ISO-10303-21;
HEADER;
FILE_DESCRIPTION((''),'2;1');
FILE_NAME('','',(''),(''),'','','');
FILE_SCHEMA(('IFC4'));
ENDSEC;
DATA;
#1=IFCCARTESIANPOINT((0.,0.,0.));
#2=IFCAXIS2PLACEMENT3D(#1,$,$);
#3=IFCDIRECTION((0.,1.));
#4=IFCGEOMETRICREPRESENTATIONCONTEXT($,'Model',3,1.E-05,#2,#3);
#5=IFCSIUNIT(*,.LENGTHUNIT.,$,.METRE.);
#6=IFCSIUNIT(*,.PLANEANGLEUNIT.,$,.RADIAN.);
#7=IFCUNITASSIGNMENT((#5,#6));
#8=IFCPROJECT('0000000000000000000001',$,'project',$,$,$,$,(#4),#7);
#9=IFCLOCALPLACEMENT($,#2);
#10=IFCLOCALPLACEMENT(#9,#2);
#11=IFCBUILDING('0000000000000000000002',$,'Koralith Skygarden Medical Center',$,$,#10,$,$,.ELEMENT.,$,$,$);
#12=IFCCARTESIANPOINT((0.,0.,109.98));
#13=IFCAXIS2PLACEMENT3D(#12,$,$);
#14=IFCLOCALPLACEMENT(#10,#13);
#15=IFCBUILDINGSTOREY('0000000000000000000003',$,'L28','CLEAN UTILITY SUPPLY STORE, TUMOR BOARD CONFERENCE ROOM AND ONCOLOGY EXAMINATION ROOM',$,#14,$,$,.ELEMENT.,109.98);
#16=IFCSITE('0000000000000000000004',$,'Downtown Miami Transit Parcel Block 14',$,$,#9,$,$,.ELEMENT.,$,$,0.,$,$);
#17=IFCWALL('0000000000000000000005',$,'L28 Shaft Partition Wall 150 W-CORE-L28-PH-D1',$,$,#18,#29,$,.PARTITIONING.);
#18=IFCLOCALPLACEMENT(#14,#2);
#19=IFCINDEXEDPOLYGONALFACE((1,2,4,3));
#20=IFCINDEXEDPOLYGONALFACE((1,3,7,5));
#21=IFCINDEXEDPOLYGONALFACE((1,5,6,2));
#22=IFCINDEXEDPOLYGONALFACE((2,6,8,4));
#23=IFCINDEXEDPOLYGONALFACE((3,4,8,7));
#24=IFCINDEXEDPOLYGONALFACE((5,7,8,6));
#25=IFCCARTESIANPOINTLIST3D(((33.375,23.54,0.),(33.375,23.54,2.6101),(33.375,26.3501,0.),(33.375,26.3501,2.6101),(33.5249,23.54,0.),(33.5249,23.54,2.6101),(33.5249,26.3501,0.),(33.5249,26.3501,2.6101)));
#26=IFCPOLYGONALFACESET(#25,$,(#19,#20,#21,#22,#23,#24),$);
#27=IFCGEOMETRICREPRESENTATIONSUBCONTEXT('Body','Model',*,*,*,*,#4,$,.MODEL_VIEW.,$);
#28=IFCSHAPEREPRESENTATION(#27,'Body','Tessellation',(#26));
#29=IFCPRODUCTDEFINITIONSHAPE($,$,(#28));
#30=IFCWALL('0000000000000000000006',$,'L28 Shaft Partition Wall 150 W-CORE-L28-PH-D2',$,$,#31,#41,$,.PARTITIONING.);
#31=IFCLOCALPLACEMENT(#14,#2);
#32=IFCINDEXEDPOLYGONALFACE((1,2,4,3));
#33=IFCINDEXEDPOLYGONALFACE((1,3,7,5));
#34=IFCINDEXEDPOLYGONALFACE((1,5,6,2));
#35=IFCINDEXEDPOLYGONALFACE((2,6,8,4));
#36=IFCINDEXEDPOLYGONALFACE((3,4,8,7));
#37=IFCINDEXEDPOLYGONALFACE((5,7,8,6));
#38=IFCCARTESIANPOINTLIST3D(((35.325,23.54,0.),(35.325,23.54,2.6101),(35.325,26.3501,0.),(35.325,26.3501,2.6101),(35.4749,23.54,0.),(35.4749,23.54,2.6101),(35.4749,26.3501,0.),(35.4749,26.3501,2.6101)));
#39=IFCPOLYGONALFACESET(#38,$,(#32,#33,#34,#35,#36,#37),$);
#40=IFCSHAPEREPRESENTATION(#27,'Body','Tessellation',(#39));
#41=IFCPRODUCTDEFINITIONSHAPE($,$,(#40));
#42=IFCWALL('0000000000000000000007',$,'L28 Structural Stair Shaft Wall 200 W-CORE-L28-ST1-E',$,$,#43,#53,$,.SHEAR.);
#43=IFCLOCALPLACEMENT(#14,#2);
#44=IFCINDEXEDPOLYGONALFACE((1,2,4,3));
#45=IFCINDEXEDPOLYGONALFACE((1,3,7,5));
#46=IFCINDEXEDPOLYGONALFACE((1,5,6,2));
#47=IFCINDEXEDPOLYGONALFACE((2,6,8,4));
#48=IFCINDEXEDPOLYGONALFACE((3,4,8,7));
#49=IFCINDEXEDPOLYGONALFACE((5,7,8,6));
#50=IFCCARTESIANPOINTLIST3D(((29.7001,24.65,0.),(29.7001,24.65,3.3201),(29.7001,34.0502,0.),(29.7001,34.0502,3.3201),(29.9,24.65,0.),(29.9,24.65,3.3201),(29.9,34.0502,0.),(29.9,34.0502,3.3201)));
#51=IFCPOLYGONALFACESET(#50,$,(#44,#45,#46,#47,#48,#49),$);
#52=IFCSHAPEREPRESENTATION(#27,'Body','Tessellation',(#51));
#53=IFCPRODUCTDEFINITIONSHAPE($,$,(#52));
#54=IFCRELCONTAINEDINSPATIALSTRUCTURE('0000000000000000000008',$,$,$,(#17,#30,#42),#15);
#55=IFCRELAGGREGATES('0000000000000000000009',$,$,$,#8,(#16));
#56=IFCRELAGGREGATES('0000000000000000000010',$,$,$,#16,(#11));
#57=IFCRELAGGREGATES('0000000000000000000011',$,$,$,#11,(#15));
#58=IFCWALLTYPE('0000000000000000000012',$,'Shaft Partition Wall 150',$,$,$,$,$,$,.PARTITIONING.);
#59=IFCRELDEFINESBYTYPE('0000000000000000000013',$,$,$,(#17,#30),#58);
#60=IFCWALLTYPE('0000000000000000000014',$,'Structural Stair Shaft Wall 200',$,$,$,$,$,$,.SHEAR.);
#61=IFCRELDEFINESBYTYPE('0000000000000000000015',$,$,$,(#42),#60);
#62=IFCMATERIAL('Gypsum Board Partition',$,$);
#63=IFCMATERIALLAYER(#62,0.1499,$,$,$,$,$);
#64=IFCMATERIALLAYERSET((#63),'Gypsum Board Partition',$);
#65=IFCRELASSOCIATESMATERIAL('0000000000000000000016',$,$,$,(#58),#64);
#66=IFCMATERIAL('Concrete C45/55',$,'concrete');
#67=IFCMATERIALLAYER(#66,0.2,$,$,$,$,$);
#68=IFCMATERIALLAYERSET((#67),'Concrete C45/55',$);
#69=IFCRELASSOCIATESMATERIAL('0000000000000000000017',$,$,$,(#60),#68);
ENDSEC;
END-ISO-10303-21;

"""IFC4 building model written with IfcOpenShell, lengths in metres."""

from ifc_helpers import new_model, si_unit, direction, frame, frame_2d, origin, place, context, subcontext, project, spatial, rectangle, extrude, material, layer, layer_set, type_object, element, save


model = new_model("IFC4")

# Units and contexts
model_context = context("Model", 3, precision=1e-05, world=origin(), true_north=direction((0.0, 1.0)))
body_context = subcontext(model_context, "Body", "Model", "MODEL_VIEW")
ifc_project = project(units=[si_unit("LENGTHUNIT", "METRE"), si_unit("PLANEANGLEUNIT", "RADIAN")], contexts=[model_context])

# Site, building, storey
site_placement = place(None, origin())
site = spatial("IfcSite", under=ifc_project, at=site_placement, Name="Downtown Miami Transit Parcel Block 14", CompositionType="ELEMENT", RefElevation=0.0)
building_placement = place(site_placement, origin())
building = spatial("IfcBuilding", under=site, at=building_placement, Name="Koralith Skygarden Medical Center", CompositionType="ELEMENT")
storey_placement = place(building_placement, frame((0.0, 0.0, 109.98)))
storey = spatial("IfcBuildingStorey", under=building, at=storey_placement, Name="L28", Description="CLEAN UTILITY SUPPLY STORE, TUMOR BOARD CONFERENCE ROOM AND ONCOLOGY EXAMINATION ROOM", CompositionType="ELEMENT", Elevation=109.98)

# Shared definitions
ifc_material_1 = material(Name="Concrete C45/55", Category="concrete")

# Shared definitions
ifc_material_2 = material(Name="Gypsum Board Partition")

# Walls
ifc_layer_1 = layer(ifc_material_2, 0.1499)
ifc_layer_set_1 = layer_set([ifc_layer_1], Name="Gypsum Board Partition")
wall_type_1 = type_object("IfcWallType", Name="Shaft Partition Wall 150", PredefinedType="PARTITIONING", material=ifc_layer_set_1)
for number, where, z_axis, x_axis, name in (
    (1, (33.45, 23.54, 0.0), (0.0, 0.0, 1.0), (0.0, 1.0, 0.0), "L28 Shaft Partition Wall 150 W-CORE-L28-PH-D1"),
    (2, (35.3999, 23.54, 0.0), (0.0, 0.0, 1.0), (0.0, 1.0, 0.0), "L28 Shaft Partition Wall 150 W-CORE-L28-PH-D2"),
):
    element("IfcWall", number, at=place(storey_placement, frame(where, z_axis=z_axis, x_axis=x_axis)), inside=storey, type_object=wall_type_1, Name=name, PredefinedType="PARTITIONING", context=body_context, shape_type="SweptSolid", body=[
        extrude(rectangle(XDim=2.8101, YDim=0.1499, at=frame_2d((1.405, 0.0))), origin(), (0.0, 0.0, 1.0), 2.6101),
    ])
ifc_layer_2 = layer(ifc_material_1, 0.2)
ifc_layer_set_2 = layer_set([ifc_layer_2], Name="Concrete C45/55")
wall_type_2 = type_object("IfcWallType", Name="Structural Stair Shaft Wall 200", PredefinedType="SHEAR", material=ifc_layer_set_2)
wall_1_placement = place(storey_placement, frame((29.8, 24.6499, 0.0), z_axis=(0.0, 0.0, 1.0), x_axis=(0.0, 1.0, 0.0)))
element("IfcWall", 3, at=wall_1_placement, inside=storey, type_object=wall_type_2, Name="L28 Structural Stair Shaft Wall 200 W-CORE-L28-ST1-E", PredefinedType="SHEAR", context=body_context, shape_type="SweptSolid", body=[
    extrude(rectangle(XDim=9.4001, YDim=0.2, at=frame_2d((4.7002, 0.0))), origin(), (0.0, 0.0, 1.0), 3.3201),
])

save(model, "model.ifc")
